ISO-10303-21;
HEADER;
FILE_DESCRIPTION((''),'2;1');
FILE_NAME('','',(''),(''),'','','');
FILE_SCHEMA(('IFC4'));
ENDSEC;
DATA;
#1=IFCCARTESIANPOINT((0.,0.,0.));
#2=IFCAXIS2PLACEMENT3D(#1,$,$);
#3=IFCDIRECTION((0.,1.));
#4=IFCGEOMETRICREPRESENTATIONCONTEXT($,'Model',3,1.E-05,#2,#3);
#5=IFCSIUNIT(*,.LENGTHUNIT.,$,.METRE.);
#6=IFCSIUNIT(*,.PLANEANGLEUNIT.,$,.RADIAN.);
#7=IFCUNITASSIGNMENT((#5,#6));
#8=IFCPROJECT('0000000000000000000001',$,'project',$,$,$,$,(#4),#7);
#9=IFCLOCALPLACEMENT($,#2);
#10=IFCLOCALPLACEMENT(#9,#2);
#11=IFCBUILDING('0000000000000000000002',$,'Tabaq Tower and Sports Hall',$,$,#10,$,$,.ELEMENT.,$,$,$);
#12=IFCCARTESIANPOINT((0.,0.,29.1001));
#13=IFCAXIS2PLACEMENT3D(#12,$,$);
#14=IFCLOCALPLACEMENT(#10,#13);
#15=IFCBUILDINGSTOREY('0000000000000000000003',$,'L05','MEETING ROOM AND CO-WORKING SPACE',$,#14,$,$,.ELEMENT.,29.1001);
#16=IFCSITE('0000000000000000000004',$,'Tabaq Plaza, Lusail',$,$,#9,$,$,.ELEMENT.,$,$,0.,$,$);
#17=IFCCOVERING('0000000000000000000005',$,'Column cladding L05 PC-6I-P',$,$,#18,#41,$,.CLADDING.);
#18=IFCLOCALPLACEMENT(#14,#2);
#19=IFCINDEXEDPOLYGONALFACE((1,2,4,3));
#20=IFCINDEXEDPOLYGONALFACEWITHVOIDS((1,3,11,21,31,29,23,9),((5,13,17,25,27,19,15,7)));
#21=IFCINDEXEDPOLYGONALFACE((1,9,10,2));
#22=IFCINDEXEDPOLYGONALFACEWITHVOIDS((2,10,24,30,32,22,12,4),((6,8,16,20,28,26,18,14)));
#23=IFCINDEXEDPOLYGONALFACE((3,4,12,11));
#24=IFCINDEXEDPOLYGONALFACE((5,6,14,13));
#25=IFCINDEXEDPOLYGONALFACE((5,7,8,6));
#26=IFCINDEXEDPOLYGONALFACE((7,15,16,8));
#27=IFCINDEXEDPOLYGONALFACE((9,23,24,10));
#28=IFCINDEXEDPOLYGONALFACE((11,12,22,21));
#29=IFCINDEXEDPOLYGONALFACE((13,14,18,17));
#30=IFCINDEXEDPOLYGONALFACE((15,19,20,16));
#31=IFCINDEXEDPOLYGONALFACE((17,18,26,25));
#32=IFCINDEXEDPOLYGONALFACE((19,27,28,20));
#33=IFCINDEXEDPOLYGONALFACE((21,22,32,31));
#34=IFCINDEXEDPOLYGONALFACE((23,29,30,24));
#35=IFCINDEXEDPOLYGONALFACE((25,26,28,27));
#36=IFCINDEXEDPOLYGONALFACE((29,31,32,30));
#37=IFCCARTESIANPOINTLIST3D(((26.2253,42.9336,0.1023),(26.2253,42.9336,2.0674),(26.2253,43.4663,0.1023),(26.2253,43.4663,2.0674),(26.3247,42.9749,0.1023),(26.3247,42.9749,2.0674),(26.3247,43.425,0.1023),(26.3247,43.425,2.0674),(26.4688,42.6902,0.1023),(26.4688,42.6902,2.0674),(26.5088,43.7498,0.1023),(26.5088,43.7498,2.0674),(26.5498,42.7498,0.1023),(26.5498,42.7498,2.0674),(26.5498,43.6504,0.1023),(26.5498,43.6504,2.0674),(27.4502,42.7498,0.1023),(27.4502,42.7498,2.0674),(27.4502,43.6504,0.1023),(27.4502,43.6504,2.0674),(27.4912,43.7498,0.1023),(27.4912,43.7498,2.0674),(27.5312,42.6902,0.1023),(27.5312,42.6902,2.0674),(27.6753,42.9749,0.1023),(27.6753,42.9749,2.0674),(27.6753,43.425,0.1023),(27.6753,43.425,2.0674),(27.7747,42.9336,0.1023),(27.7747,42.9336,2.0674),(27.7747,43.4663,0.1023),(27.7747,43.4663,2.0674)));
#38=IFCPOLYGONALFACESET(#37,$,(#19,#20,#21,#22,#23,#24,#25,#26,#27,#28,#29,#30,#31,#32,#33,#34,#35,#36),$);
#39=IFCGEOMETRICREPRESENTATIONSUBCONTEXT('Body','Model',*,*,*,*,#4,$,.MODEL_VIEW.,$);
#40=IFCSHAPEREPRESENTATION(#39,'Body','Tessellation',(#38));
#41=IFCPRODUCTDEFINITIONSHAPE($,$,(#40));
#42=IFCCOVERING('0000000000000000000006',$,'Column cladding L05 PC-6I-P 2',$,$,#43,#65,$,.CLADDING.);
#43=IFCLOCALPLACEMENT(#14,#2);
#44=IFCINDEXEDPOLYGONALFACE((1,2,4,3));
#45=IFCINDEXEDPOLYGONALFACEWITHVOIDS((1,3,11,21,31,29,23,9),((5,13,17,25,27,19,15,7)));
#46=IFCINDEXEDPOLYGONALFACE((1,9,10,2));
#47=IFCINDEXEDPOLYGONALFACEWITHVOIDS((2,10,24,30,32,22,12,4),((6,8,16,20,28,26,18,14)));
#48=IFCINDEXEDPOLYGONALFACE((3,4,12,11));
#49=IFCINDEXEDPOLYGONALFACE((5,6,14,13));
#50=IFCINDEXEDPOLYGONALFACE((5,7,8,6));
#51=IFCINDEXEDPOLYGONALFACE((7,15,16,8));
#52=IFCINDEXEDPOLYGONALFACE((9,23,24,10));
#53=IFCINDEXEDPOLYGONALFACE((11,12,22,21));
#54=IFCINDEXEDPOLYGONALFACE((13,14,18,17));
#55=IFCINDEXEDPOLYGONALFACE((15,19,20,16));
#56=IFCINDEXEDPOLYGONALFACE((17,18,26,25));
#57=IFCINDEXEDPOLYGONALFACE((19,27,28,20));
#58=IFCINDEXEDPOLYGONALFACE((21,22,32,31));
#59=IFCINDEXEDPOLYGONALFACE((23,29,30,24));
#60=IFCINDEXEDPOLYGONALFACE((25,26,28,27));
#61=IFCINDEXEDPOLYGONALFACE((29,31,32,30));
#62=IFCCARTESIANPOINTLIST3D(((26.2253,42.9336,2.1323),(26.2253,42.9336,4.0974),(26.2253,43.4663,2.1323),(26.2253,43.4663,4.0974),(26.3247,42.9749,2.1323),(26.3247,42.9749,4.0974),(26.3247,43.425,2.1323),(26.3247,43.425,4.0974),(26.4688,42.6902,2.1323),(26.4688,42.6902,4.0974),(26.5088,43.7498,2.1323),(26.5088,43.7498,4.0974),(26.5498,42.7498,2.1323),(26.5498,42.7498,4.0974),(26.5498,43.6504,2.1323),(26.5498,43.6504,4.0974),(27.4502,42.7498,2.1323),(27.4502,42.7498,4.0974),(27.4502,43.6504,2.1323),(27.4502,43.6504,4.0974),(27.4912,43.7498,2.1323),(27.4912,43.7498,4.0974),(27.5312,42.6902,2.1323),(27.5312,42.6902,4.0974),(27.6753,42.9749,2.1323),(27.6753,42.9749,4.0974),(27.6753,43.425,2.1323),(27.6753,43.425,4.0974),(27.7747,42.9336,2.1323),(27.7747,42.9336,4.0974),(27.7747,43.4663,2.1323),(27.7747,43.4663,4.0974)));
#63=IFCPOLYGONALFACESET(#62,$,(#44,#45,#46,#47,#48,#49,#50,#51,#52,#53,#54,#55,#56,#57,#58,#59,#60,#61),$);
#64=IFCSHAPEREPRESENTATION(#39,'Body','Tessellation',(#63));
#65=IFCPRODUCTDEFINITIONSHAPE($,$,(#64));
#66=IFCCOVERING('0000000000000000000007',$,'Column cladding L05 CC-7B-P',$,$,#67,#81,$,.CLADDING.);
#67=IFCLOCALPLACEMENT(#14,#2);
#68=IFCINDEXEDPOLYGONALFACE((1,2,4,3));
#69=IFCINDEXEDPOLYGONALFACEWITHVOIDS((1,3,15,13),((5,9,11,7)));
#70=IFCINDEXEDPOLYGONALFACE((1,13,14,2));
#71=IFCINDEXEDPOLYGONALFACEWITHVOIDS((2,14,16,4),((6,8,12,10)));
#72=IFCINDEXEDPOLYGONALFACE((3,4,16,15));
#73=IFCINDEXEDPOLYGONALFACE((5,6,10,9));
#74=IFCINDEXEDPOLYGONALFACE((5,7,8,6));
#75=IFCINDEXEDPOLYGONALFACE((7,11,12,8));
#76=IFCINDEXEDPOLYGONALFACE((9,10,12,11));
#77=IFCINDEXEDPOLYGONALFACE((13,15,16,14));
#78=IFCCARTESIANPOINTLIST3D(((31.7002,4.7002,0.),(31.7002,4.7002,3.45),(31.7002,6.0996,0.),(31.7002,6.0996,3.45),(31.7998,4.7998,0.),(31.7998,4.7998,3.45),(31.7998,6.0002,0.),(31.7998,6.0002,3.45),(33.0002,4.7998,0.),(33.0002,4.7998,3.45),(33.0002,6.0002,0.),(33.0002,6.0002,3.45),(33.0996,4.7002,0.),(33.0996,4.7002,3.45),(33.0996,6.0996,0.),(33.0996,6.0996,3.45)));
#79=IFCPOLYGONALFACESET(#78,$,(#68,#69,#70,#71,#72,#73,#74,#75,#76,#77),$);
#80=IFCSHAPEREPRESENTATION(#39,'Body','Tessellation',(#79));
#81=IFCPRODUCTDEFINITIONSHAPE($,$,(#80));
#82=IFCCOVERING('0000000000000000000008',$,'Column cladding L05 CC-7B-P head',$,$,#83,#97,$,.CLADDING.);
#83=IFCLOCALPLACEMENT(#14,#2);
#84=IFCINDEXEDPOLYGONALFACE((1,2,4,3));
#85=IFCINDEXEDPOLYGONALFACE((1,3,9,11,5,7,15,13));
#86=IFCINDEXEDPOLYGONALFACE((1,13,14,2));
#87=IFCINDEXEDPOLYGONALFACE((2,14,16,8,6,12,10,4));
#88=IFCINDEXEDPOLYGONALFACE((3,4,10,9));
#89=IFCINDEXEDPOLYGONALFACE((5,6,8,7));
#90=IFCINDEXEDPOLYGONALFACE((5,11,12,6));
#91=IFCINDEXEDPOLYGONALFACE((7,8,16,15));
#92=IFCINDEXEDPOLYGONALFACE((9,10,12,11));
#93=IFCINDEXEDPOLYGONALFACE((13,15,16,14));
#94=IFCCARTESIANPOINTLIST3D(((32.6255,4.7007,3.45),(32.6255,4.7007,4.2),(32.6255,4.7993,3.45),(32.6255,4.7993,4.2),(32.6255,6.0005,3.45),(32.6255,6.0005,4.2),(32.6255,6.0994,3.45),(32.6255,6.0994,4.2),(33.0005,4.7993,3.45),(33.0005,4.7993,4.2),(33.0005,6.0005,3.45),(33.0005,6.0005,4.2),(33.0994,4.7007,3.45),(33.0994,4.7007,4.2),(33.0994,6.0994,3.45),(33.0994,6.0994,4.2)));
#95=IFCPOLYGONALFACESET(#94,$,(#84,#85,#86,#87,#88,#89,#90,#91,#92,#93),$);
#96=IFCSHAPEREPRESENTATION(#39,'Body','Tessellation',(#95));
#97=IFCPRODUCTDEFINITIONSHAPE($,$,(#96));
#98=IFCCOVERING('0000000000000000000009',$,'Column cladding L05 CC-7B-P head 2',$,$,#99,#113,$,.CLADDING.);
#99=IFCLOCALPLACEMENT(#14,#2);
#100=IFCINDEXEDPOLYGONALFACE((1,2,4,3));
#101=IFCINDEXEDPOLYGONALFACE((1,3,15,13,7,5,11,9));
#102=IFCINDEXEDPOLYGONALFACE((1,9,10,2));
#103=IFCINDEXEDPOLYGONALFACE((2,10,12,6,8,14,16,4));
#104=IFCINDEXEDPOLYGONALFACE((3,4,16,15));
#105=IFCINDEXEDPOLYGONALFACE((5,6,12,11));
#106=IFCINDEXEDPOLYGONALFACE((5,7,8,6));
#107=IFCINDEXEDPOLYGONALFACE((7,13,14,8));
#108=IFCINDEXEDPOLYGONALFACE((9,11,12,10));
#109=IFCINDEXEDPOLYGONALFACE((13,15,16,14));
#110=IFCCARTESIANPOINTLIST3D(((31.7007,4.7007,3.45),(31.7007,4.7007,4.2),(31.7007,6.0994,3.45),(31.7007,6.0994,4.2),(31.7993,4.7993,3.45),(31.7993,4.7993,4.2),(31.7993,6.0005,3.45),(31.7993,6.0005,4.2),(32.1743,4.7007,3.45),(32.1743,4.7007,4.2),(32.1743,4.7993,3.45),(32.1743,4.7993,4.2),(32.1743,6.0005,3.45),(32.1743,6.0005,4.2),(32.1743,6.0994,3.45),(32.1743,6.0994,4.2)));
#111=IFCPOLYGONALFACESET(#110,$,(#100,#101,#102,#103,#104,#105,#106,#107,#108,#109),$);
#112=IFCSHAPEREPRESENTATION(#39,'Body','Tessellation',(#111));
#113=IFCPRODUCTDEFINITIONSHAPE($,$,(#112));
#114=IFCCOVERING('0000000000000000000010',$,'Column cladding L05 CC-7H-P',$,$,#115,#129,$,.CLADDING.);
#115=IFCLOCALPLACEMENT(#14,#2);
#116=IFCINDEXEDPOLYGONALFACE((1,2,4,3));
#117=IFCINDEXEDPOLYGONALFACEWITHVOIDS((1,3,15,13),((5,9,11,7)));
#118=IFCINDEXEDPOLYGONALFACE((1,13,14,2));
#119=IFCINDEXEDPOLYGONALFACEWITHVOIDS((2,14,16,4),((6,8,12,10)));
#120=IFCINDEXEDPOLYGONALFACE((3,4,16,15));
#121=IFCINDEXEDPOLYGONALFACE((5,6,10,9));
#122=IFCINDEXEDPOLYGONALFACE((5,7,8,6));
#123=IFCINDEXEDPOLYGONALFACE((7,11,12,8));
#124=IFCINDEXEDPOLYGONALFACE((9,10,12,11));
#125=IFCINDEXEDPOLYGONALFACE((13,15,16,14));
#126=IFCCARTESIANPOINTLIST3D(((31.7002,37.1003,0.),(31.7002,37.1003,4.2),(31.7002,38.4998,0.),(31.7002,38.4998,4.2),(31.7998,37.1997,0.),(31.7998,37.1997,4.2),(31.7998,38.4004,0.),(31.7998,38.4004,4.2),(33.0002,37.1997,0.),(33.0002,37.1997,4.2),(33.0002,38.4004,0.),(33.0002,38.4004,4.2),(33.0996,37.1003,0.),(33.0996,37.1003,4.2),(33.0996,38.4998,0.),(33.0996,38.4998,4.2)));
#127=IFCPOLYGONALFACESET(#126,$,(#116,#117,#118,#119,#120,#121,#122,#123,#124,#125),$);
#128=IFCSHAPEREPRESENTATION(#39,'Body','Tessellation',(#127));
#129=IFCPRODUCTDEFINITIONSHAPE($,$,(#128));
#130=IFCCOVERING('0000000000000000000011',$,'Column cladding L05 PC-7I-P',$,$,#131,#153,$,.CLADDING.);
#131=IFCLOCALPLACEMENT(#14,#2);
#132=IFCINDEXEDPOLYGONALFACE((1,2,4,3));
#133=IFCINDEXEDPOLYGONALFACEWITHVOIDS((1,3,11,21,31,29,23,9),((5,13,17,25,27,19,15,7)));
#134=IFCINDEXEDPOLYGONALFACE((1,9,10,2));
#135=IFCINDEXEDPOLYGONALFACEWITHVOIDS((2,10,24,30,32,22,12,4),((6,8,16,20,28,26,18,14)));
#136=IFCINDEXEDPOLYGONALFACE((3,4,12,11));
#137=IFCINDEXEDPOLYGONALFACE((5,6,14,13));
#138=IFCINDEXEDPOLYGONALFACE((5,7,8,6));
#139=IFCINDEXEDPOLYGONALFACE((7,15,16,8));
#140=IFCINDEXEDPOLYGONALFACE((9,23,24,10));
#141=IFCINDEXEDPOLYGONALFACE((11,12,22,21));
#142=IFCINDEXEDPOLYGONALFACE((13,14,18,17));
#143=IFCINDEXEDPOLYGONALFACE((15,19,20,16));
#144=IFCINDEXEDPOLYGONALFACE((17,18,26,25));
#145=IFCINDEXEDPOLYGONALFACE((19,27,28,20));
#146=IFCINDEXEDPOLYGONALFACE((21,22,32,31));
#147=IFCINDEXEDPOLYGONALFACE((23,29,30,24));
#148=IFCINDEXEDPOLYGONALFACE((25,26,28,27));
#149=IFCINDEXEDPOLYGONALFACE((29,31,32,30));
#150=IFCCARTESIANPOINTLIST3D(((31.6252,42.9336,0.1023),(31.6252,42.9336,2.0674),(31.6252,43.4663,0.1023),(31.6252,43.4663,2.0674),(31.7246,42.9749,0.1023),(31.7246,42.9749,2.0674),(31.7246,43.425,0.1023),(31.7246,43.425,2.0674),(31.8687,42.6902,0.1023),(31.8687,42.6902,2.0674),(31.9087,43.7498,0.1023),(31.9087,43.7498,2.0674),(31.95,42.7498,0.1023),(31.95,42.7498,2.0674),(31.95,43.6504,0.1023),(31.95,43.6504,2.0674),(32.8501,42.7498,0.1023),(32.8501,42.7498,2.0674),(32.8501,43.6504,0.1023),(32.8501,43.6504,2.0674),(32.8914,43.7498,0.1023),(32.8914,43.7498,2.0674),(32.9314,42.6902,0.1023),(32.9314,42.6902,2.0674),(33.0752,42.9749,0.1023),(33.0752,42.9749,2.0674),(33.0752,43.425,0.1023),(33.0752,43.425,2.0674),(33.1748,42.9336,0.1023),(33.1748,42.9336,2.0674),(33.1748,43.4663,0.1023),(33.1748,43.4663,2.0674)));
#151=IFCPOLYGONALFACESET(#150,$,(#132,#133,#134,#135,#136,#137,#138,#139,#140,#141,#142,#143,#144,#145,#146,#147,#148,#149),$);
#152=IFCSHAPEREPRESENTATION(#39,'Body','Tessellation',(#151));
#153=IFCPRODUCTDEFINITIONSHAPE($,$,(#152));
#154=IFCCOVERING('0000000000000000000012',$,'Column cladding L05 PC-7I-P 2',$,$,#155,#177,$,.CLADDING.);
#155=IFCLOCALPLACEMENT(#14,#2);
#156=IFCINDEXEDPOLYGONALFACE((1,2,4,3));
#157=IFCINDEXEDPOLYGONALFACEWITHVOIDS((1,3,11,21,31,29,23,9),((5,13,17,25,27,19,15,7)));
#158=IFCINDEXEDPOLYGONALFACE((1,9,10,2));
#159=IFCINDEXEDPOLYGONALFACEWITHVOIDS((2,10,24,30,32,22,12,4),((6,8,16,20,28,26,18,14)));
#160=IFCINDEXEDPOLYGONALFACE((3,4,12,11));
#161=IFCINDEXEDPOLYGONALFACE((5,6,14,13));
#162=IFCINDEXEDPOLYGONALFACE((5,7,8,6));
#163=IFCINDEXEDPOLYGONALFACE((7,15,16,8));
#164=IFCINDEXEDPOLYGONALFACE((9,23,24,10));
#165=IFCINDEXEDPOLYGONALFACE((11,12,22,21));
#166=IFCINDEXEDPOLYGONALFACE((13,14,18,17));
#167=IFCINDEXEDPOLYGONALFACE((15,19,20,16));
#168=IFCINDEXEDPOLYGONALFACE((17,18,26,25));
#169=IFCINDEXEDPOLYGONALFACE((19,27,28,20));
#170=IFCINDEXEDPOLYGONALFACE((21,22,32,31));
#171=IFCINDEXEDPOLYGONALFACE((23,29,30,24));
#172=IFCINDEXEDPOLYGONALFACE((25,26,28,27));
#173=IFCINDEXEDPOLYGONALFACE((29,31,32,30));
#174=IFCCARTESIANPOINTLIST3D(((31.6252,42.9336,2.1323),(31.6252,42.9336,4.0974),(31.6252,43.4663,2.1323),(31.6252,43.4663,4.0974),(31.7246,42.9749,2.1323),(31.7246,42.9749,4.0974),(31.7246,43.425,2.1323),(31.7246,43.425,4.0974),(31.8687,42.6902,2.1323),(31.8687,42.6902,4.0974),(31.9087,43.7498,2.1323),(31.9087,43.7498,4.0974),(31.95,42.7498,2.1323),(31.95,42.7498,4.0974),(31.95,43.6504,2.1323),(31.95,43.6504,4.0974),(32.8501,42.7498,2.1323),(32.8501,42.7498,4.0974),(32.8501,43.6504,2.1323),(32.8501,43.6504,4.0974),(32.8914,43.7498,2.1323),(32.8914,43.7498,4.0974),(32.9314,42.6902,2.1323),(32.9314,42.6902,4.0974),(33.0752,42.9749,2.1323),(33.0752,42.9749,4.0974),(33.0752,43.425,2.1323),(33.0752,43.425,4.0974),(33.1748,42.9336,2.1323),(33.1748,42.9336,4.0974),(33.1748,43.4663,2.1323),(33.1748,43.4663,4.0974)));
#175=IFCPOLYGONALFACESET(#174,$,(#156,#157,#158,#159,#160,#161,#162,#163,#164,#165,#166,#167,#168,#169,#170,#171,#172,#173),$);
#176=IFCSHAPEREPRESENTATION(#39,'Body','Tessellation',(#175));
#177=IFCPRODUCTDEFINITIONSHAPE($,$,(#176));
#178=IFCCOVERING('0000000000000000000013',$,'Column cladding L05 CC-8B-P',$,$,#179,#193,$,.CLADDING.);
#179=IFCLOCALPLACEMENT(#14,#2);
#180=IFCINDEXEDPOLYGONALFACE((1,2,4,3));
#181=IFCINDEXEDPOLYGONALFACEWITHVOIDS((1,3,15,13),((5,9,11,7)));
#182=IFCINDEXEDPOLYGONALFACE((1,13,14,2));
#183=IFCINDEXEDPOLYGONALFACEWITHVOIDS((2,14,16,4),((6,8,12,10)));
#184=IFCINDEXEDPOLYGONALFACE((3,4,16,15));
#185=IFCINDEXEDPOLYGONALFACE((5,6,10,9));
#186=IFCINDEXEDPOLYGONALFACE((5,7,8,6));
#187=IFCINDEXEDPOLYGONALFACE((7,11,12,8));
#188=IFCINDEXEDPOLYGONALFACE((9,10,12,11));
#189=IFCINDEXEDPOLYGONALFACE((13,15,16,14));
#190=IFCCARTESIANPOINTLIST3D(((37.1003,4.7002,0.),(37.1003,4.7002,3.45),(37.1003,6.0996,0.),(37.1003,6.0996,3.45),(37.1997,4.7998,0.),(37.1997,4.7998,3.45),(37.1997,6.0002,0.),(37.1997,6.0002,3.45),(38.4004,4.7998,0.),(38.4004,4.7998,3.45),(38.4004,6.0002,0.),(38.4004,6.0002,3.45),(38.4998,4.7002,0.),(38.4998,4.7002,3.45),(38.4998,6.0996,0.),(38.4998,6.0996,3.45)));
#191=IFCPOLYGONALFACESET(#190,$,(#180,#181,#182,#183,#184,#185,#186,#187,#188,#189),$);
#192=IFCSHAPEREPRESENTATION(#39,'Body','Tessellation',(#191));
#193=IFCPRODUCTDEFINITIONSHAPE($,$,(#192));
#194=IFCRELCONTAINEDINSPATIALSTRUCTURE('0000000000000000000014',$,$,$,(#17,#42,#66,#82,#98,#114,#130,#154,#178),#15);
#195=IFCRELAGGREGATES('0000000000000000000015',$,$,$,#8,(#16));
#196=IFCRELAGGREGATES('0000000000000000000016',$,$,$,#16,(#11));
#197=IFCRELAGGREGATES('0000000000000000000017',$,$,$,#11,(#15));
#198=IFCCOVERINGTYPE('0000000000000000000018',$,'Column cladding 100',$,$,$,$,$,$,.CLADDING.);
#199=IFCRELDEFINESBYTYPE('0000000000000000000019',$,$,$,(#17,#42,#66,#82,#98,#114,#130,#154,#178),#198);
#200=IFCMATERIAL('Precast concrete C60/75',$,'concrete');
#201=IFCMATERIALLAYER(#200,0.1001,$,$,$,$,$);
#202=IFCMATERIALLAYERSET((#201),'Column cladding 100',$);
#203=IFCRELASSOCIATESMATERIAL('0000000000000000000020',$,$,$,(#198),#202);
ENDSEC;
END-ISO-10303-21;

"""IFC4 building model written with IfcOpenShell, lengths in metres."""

from ifc_helpers import new_model, si_unit, direction, frame, origin, place, context, subcontext, project, spatial, polyline, outline, extrude, material, layer, layer_set, type_object, element, save


model = new_model("IFC4")

# Units and contexts
model_context = context("Model", 3, precision=1e-05, world=origin(), true_north=direction((0.0, 1.0)))
body_context = subcontext(model_context, "Body", "Model", "MODEL_VIEW")
ifc_project = project(units=[si_unit("LENGTHUNIT", "METRE"), si_unit("PLANEANGLEUNIT", "RADIAN")], contexts=[model_context])

# Site, building, storey
site_placement = place(None, origin())
site = spatial("IfcSite", under=ifc_project, at=site_placement, Name="Tabaq Plaza, Lusail", CompositionType="ELEMENT", RefElevation=0.0)
building_placement = place(site_placement, origin())
building = spatial("IfcBuilding", under=site, at=building_placement, Name="Tabaq Tower and Sports Hall", CompositionType="ELEMENT")
storey_placement = place(building_placement, frame((0.0, 0.0, 29.1001)))
storey = spatial("IfcBuildingStorey", under=building, at=storey_placement, Name="L05", Description="MEETING ROOM AND CO-WORKING SPACE", CompositionType="ELEMENT", Elevation=29.1001)

# Coverings
ifc_material_1 = material(Name="Precast concrete C60/75", Category="concrete")
ifc_layer = layer(ifc_material_1, 0.1001)
ifc_layer_set = layer_set([ifc_layer], Name="Column cladding 100")
covering_type_1 = type_object("IfcCoveringType", Name="Column cladding 100", PredefinedType="CLADDING", material=ifc_layer_set)
for number, where, name in (
    (1, (0.0, 0.0, 0.1023), "Column cladding L05 PC-6I-P"),
    (2, (0.0, 0.0, 2.1323), "Column cladding L05 PC-6I-P 2"),
):
    element("IfcCovering", number, at=place(storey_placement, frame(where)), inside=storey, type_object=covering_type_1, Name=name, PredefinedType="CLADDING", context=body_context, shape_type="SweptSolid", body=[
        extrude(outline(polyline([(26.2253, 43.4663), (26.5088, 43.7498), (27.4912, 43.7498), (27.7747, 43.4663), (27.7747, 42.9336), (27.5312, 42.6902), (26.4688, 42.6902), (26.2253, 42.9336), (26.2253, 43.4663)]), holes=[polyline([(27.6753, 42.9749), (27.6753, 43.425), (27.4502, 43.6504), (26.5498, 43.6504), (26.3247, 43.425), (26.3247, 42.9749), (26.5498, 42.7498), (27.4502, 42.7498), (27.6753, 42.9749)])]), origin(), (0.0, 0.0, 1.0), 1.9651),
    ])
covering_1_placement = place(storey_placement, origin())
element("IfcCovering", 3, at=covering_1_placement, inside=storey, type_object=covering_type_1, Name="Column cladding L05 CC-7B-P", PredefinedType="CLADDING", context=body_context, shape_type="SweptSolid", body=[
    extrude(outline(polyline([(31.7002, 6.0996), (33.0996, 6.0996), (33.0996, 4.7002), (31.7002, 4.7002), (31.7002, 6.0996)]), holes=[polyline([(33.0002, 4.7998), (33.0002, 6.0002), (31.7998, 6.0002), (31.7998, 4.7998), (33.0002, 4.7998)])]), origin(), (0.0, 0.0, 1.0), 3.45),
])
covering_2_placement = place(storey_placement, frame((0.0, 0.0, 3.45)))
element("IfcCovering", 4, at=covering_2_placement, inside=storey, type_object=covering_type_1, Name="Column cladding L05 CC-7B-P head", PredefinedType="CLADDING", context=body_context, shape_type="SweptSolid", body=[
    extrude(outline(polyline([(32.6255, 4.7993), (33.0005, 4.7993), (33.0005, 6.0005), (32.6255, 6.0005), (32.6255, 6.0994), (33.0994, 6.0994), (33.0994, 4.7007), (32.6255, 4.7007), (32.6255, 4.7993)])), origin(), (0.0, 0.0, 1.0), 0.75),
])
covering_3_placement = place(storey_placement, frame((0.0, 0.0, 3.45)))
element("IfcCovering", 5, at=covering_3_placement, inside=storey, type_object=covering_type_1, Name="Column cladding L05 CC-7B-P head 2", PredefinedType="CLADDING", context=body_context, shape_type="SweptSolid", body=[
    extrude(outline(polyline([(32.1743, 4.7993), (32.1743, 4.7007), (31.7007, 4.7007), (31.7007, 6.0994), (32.1743, 6.0994), (32.1743, 6.0005), (31.7993, 6.0005), (31.7993, 4.7993), (32.1743, 4.7993)])), origin(), (0.0, 0.0, 1.0), 0.75),
])
covering_4_placement = place(storey_placement, origin())
element("IfcCovering", 6, at=covering_4_placement, inside=storey, type_object=covering_type_1, Name="Column cladding L05 CC-7H-P", PredefinedType="CLADDING", context=body_context, shape_type="SweptSolid", body=[
    extrude(outline(polyline([(31.7002, 38.4998), (33.0996, 38.4998), (33.0996, 37.1003), (31.7002, 37.1003), (31.7002, 38.4998)]), holes=[polyline([(33.0002, 37.1997), (33.0002, 38.4004), (31.7998, 38.4004), (31.7998, 37.1997), (33.0002, 37.1997)])]), origin(), (0.0, 0.0, 1.0), 4.2),
])
for number, where, name in (
    (7, (0.0, 0.0, 0.1023), "Column cladding L05 PC-7I-P"),
    (8, (0.0, 0.0, 2.1323), "Column cladding L05 PC-7I-P 2"),
):
    element("IfcCovering", number, at=place(storey_placement, frame(where)), inside=storey, type_object=covering_type_1, Name=name, PredefinedType="CLADDING", context=body_context, shape_type="SweptSolid", body=[
        extrude(outline(polyline([(31.6252, 43.4663), (31.9087, 43.7498), (32.8914, 43.7498), (33.1748, 43.4663), (33.1748, 42.9336), (32.9314, 42.6902), (31.8687, 42.6902), (31.6252, 42.9336), (31.6252, 43.4663)]), holes=[polyline([(33.0752, 42.9749), (33.0752, 43.425), (32.8501, 43.6504), (31.95, 43.6504), (31.7246, 43.425), (31.7246, 42.9749), (31.95, 42.7498), (32.8501, 42.7498), (33.0752, 42.9749)])]), origin(), (0.0, 0.0, 1.0), 1.9651),
    ])
covering_5_placement = place(storey_placement, origin())
element("IfcCovering", 9, at=covering_5_placement, inside=storey, type_object=covering_type_1, Name="Column cladding L05 CC-8B-P", PredefinedType="CLADDING", context=body_context, shape_type="SweptSolid", body=[
    extrude(outline(polyline([(37.1003, 6.0996), (38.4998, 6.0996), (38.4998, 4.7002), (37.1003, 4.7002), (37.1003, 6.0996)]), holes=[polyline([(38.4004, 4.7998), (38.4004, 6.0002), (37.1997, 6.0002), (37.1997, 4.7998), (38.4004, 4.7998)])]), origin(), (0.0, 0.0, 1.0), 3.45),
])

save(model, "model.ifc")
